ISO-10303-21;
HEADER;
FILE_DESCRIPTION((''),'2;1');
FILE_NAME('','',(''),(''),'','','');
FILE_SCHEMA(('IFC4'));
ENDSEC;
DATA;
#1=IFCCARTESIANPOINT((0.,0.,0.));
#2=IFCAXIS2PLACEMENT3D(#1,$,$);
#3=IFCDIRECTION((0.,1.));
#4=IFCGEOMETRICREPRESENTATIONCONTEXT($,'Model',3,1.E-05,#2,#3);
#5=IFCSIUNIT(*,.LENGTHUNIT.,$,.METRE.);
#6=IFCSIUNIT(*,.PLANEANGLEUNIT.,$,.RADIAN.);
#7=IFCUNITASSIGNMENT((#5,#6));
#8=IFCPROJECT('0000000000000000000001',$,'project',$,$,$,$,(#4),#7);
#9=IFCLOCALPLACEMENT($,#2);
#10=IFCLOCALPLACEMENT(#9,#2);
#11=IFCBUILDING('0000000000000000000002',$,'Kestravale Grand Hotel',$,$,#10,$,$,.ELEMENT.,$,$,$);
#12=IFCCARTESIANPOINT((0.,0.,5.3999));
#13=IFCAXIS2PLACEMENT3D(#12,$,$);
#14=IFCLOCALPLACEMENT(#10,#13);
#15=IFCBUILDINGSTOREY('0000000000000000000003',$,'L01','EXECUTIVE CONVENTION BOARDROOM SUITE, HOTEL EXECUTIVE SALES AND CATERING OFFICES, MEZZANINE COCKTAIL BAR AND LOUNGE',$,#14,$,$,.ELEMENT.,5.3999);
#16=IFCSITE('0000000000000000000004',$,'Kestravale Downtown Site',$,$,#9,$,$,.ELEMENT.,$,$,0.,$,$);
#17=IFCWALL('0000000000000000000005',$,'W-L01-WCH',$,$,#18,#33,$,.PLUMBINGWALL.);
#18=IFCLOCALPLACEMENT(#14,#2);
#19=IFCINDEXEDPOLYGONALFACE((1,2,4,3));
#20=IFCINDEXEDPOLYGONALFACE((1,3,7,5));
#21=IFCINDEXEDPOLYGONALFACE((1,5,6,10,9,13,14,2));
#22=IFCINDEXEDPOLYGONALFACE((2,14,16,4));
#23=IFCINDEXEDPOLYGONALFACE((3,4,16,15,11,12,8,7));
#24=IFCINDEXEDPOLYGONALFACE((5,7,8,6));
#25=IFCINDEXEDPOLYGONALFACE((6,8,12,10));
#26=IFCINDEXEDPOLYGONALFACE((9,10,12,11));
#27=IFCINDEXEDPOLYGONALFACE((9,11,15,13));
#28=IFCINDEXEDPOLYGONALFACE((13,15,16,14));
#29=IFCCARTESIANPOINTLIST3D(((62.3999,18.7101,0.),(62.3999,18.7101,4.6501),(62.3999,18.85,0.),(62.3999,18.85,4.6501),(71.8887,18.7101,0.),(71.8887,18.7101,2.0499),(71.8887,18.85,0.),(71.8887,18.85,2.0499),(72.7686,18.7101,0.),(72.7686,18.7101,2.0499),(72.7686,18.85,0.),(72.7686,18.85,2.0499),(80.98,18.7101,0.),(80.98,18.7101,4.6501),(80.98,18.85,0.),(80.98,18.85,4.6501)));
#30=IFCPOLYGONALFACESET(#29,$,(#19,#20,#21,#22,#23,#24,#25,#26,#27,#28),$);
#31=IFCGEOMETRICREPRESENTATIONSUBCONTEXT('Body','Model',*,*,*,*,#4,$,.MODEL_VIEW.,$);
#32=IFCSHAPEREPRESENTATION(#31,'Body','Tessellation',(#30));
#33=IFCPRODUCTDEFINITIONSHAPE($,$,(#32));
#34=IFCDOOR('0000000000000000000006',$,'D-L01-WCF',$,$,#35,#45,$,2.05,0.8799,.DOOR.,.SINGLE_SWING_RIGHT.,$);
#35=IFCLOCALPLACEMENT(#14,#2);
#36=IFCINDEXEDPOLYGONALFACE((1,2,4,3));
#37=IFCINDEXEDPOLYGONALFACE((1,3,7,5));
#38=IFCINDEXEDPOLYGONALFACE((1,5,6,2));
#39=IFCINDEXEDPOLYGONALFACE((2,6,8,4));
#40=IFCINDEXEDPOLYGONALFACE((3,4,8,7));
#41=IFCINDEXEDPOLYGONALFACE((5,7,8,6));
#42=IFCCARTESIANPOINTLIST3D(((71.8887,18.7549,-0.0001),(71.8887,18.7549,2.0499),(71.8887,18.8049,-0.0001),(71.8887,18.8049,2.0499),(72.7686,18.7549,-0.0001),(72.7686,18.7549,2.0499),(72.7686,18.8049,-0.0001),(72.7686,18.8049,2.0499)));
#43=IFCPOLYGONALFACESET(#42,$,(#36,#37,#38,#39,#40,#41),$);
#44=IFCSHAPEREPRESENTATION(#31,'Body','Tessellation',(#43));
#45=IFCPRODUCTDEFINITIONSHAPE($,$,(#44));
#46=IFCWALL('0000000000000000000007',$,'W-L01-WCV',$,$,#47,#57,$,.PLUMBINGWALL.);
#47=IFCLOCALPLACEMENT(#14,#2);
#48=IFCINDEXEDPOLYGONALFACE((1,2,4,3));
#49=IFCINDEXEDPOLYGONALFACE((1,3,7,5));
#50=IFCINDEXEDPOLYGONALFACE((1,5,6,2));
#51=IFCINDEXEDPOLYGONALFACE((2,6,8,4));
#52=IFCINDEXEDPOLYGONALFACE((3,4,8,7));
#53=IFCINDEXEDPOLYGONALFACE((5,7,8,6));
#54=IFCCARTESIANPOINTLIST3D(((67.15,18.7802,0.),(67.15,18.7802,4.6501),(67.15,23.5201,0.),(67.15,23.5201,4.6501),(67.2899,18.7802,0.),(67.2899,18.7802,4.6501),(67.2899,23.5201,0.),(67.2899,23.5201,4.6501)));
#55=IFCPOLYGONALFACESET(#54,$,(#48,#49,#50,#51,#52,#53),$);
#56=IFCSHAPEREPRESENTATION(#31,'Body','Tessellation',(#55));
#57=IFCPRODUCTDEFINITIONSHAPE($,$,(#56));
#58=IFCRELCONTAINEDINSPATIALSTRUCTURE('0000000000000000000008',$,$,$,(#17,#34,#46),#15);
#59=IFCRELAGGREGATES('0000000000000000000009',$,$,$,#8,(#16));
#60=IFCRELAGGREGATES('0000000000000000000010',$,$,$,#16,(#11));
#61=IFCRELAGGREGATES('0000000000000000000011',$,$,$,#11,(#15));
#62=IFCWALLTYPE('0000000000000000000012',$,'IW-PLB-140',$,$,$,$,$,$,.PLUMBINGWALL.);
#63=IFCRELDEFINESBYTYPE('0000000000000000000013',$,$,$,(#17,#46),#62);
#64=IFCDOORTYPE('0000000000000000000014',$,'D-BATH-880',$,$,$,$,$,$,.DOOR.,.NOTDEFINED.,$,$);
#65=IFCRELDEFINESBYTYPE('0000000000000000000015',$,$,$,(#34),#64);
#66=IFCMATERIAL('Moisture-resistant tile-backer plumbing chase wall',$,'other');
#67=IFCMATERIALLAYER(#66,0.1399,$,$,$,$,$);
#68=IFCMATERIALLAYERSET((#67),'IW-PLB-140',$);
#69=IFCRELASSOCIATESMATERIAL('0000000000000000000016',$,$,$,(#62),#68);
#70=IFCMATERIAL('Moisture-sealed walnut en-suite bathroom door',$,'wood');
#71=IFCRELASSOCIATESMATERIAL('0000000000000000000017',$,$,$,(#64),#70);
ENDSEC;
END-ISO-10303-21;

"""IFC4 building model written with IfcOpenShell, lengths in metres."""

from ifc_helpers import new_model, si_unit, direction, frame, frame_2d, origin, place, context, subcontext, project, spatial, rectangle, extrude, material, layer, layer_set, type_object, element, fill, save


model = new_model("IFC4")

# Units and contexts
model_context = context("Model", 3, precision=1e-05, world=origin(), true_north=direction((0.0, 1.0)))
body_context = subcontext(model_context, "Body", "Model", "MODEL_VIEW")
ifc_project = project(units=[si_unit("LENGTHUNIT", "METRE"), si_unit("PLANEANGLEUNIT", "RADIAN")], contexts=[model_context])

# Site, building, storey
site_placement = place(None, origin())
site = spatial("IfcSite", under=ifc_project, at=site_placement, Name="Kestravale Downtown Site", CompositionType="ELEMENT", RefElevation=0.0)
building_placement = place(site_placement, origin())
building = spatial("IfcBuilding", under=site, at=building_placement, Name="Kestravale Grand Hotel", CompositionType="ELEMENT")
storey_placement = place(building_placement, frame((0.0, 0.0, 5.3999)))
storey = spatial("IfcBuildingStorey", under=building, at=storey_placement, Name="L01", Description="EXECUTIVE CONVENTION BOARDROOM SUITE, HOTEL EXECUTIVE SALES AND CATERING OFFICES, MEZZANINE COCKTAIL BAR AND LOUNGE", CompositionType="ELEMENT", Elevation=5.3999)

# Wall, opening, door
ifc_material_1 = material(Name="Moisture-resistant tile-backer plumbing chase wall", Category="other")
ifc_layer = layer(ifc_material_1, 0.1399)
ifc_layer_set = layer_set([ifc_layer], Name="IW-PLB-140")
wall_type = type_object("IfcWallType", Name="IW-PLB-140", PredefinedType="PLUMBINGWALL", material=ifc_layer_set)
wall_1_placement = place(storey_placement, frame((62.3999, 18.78, 0.0), z_axis=(0.0, 0.0, 1.0), x_axis=(1.0, 0.0, 0.0)))
wall_1 = element("IfcWall", 1, at=wall_1_placement, inside=storey, type_object=wall_type, Name="W-L01-WCH", PredefinedType="PLUMBINGWALL", context=body_context, shape_type="SweptSolid", body=[
    extrude(rectangle(XDim=18.5801, YDim=0.1399, at=frame_2d((9.29, 0.0))), origin(), (0.0, 0.0, 1.0), 4.6501),
])
opening_placement = place(wall_1_placement, frame((9.4888, 0.0, 0.0)))
opening = element("IfcOpeningElement", 2, at=opening_placement, cuts=wall_1, PredefinedType="OPENING", context=body_context, shape_type="SweptSolid", body=[
    extrude(rectangle(XDim=0.8799, YDim=2.05, at=frame_2d((0.4399, 1.0249))), frame((0.0, 0.0798, 0.0), z_axis=(0.0, -1.0, 0.0), x_axis=(1.0, 0.0, 0.0)), (0.0, 0.0, 1.0), 0.1599),
])
ifc_material_2 = material(Name="Moisture-sealed walnut en-suite bathroom door", Category="wood")
door_type = type_object("IfcDoorType", Name="D-BATH-880", OperationType="NOTDEFINED", PredefinedType="DOOR", material=ifc_material_2)
door_placement = place(opening_placement, origin())
door = element("IfcDoor", 3, at=door_placement, inside=storey, type_object=door_type, Name="D-L01-WCF", OperationType="SINGLE_SWING_RIGHT", OverallHeight=2.05, OverallWidth=0.8799, PredefinedType="DOOR", context=body_context, shape_type="SweptSolid", body=[
    extrude(rectangle(XDim=0.8799, YDim=2.05, at=frame_2d((0.4399, 1.0249))), frame((0.0, 0.0249, 0.0), z_axis=(0.0, -1.0, 0.0), x_axis=(1.0, 0.0, 0.0)), (0.0, 0.0, 1.0), 0.05),
])
fill(opening, door)

# Wall
wall_2_placement = place(storey_placement, frame((67.22, 18.78, 0.0), z_axis=(0.0, 0.0, 1.0), x_axis=(0.0, 1.0, 0.0)))
element("IfcWall", 4, at=wall_2_placement, inside=storey, type_object=wall_type, Name="W-L01-WCV", PredefinedType="PLUMBINGWALL", context=body_context, shape_type="SweptSolid", body=[
    extrude(rectangle(XDim=4.74, YDim=0.1399, at=frame_2d((2.3701, 0.0))), origin(), (0.0, 0.0, 1.0), 4.6501),
])

save(model, "model.ifc")
